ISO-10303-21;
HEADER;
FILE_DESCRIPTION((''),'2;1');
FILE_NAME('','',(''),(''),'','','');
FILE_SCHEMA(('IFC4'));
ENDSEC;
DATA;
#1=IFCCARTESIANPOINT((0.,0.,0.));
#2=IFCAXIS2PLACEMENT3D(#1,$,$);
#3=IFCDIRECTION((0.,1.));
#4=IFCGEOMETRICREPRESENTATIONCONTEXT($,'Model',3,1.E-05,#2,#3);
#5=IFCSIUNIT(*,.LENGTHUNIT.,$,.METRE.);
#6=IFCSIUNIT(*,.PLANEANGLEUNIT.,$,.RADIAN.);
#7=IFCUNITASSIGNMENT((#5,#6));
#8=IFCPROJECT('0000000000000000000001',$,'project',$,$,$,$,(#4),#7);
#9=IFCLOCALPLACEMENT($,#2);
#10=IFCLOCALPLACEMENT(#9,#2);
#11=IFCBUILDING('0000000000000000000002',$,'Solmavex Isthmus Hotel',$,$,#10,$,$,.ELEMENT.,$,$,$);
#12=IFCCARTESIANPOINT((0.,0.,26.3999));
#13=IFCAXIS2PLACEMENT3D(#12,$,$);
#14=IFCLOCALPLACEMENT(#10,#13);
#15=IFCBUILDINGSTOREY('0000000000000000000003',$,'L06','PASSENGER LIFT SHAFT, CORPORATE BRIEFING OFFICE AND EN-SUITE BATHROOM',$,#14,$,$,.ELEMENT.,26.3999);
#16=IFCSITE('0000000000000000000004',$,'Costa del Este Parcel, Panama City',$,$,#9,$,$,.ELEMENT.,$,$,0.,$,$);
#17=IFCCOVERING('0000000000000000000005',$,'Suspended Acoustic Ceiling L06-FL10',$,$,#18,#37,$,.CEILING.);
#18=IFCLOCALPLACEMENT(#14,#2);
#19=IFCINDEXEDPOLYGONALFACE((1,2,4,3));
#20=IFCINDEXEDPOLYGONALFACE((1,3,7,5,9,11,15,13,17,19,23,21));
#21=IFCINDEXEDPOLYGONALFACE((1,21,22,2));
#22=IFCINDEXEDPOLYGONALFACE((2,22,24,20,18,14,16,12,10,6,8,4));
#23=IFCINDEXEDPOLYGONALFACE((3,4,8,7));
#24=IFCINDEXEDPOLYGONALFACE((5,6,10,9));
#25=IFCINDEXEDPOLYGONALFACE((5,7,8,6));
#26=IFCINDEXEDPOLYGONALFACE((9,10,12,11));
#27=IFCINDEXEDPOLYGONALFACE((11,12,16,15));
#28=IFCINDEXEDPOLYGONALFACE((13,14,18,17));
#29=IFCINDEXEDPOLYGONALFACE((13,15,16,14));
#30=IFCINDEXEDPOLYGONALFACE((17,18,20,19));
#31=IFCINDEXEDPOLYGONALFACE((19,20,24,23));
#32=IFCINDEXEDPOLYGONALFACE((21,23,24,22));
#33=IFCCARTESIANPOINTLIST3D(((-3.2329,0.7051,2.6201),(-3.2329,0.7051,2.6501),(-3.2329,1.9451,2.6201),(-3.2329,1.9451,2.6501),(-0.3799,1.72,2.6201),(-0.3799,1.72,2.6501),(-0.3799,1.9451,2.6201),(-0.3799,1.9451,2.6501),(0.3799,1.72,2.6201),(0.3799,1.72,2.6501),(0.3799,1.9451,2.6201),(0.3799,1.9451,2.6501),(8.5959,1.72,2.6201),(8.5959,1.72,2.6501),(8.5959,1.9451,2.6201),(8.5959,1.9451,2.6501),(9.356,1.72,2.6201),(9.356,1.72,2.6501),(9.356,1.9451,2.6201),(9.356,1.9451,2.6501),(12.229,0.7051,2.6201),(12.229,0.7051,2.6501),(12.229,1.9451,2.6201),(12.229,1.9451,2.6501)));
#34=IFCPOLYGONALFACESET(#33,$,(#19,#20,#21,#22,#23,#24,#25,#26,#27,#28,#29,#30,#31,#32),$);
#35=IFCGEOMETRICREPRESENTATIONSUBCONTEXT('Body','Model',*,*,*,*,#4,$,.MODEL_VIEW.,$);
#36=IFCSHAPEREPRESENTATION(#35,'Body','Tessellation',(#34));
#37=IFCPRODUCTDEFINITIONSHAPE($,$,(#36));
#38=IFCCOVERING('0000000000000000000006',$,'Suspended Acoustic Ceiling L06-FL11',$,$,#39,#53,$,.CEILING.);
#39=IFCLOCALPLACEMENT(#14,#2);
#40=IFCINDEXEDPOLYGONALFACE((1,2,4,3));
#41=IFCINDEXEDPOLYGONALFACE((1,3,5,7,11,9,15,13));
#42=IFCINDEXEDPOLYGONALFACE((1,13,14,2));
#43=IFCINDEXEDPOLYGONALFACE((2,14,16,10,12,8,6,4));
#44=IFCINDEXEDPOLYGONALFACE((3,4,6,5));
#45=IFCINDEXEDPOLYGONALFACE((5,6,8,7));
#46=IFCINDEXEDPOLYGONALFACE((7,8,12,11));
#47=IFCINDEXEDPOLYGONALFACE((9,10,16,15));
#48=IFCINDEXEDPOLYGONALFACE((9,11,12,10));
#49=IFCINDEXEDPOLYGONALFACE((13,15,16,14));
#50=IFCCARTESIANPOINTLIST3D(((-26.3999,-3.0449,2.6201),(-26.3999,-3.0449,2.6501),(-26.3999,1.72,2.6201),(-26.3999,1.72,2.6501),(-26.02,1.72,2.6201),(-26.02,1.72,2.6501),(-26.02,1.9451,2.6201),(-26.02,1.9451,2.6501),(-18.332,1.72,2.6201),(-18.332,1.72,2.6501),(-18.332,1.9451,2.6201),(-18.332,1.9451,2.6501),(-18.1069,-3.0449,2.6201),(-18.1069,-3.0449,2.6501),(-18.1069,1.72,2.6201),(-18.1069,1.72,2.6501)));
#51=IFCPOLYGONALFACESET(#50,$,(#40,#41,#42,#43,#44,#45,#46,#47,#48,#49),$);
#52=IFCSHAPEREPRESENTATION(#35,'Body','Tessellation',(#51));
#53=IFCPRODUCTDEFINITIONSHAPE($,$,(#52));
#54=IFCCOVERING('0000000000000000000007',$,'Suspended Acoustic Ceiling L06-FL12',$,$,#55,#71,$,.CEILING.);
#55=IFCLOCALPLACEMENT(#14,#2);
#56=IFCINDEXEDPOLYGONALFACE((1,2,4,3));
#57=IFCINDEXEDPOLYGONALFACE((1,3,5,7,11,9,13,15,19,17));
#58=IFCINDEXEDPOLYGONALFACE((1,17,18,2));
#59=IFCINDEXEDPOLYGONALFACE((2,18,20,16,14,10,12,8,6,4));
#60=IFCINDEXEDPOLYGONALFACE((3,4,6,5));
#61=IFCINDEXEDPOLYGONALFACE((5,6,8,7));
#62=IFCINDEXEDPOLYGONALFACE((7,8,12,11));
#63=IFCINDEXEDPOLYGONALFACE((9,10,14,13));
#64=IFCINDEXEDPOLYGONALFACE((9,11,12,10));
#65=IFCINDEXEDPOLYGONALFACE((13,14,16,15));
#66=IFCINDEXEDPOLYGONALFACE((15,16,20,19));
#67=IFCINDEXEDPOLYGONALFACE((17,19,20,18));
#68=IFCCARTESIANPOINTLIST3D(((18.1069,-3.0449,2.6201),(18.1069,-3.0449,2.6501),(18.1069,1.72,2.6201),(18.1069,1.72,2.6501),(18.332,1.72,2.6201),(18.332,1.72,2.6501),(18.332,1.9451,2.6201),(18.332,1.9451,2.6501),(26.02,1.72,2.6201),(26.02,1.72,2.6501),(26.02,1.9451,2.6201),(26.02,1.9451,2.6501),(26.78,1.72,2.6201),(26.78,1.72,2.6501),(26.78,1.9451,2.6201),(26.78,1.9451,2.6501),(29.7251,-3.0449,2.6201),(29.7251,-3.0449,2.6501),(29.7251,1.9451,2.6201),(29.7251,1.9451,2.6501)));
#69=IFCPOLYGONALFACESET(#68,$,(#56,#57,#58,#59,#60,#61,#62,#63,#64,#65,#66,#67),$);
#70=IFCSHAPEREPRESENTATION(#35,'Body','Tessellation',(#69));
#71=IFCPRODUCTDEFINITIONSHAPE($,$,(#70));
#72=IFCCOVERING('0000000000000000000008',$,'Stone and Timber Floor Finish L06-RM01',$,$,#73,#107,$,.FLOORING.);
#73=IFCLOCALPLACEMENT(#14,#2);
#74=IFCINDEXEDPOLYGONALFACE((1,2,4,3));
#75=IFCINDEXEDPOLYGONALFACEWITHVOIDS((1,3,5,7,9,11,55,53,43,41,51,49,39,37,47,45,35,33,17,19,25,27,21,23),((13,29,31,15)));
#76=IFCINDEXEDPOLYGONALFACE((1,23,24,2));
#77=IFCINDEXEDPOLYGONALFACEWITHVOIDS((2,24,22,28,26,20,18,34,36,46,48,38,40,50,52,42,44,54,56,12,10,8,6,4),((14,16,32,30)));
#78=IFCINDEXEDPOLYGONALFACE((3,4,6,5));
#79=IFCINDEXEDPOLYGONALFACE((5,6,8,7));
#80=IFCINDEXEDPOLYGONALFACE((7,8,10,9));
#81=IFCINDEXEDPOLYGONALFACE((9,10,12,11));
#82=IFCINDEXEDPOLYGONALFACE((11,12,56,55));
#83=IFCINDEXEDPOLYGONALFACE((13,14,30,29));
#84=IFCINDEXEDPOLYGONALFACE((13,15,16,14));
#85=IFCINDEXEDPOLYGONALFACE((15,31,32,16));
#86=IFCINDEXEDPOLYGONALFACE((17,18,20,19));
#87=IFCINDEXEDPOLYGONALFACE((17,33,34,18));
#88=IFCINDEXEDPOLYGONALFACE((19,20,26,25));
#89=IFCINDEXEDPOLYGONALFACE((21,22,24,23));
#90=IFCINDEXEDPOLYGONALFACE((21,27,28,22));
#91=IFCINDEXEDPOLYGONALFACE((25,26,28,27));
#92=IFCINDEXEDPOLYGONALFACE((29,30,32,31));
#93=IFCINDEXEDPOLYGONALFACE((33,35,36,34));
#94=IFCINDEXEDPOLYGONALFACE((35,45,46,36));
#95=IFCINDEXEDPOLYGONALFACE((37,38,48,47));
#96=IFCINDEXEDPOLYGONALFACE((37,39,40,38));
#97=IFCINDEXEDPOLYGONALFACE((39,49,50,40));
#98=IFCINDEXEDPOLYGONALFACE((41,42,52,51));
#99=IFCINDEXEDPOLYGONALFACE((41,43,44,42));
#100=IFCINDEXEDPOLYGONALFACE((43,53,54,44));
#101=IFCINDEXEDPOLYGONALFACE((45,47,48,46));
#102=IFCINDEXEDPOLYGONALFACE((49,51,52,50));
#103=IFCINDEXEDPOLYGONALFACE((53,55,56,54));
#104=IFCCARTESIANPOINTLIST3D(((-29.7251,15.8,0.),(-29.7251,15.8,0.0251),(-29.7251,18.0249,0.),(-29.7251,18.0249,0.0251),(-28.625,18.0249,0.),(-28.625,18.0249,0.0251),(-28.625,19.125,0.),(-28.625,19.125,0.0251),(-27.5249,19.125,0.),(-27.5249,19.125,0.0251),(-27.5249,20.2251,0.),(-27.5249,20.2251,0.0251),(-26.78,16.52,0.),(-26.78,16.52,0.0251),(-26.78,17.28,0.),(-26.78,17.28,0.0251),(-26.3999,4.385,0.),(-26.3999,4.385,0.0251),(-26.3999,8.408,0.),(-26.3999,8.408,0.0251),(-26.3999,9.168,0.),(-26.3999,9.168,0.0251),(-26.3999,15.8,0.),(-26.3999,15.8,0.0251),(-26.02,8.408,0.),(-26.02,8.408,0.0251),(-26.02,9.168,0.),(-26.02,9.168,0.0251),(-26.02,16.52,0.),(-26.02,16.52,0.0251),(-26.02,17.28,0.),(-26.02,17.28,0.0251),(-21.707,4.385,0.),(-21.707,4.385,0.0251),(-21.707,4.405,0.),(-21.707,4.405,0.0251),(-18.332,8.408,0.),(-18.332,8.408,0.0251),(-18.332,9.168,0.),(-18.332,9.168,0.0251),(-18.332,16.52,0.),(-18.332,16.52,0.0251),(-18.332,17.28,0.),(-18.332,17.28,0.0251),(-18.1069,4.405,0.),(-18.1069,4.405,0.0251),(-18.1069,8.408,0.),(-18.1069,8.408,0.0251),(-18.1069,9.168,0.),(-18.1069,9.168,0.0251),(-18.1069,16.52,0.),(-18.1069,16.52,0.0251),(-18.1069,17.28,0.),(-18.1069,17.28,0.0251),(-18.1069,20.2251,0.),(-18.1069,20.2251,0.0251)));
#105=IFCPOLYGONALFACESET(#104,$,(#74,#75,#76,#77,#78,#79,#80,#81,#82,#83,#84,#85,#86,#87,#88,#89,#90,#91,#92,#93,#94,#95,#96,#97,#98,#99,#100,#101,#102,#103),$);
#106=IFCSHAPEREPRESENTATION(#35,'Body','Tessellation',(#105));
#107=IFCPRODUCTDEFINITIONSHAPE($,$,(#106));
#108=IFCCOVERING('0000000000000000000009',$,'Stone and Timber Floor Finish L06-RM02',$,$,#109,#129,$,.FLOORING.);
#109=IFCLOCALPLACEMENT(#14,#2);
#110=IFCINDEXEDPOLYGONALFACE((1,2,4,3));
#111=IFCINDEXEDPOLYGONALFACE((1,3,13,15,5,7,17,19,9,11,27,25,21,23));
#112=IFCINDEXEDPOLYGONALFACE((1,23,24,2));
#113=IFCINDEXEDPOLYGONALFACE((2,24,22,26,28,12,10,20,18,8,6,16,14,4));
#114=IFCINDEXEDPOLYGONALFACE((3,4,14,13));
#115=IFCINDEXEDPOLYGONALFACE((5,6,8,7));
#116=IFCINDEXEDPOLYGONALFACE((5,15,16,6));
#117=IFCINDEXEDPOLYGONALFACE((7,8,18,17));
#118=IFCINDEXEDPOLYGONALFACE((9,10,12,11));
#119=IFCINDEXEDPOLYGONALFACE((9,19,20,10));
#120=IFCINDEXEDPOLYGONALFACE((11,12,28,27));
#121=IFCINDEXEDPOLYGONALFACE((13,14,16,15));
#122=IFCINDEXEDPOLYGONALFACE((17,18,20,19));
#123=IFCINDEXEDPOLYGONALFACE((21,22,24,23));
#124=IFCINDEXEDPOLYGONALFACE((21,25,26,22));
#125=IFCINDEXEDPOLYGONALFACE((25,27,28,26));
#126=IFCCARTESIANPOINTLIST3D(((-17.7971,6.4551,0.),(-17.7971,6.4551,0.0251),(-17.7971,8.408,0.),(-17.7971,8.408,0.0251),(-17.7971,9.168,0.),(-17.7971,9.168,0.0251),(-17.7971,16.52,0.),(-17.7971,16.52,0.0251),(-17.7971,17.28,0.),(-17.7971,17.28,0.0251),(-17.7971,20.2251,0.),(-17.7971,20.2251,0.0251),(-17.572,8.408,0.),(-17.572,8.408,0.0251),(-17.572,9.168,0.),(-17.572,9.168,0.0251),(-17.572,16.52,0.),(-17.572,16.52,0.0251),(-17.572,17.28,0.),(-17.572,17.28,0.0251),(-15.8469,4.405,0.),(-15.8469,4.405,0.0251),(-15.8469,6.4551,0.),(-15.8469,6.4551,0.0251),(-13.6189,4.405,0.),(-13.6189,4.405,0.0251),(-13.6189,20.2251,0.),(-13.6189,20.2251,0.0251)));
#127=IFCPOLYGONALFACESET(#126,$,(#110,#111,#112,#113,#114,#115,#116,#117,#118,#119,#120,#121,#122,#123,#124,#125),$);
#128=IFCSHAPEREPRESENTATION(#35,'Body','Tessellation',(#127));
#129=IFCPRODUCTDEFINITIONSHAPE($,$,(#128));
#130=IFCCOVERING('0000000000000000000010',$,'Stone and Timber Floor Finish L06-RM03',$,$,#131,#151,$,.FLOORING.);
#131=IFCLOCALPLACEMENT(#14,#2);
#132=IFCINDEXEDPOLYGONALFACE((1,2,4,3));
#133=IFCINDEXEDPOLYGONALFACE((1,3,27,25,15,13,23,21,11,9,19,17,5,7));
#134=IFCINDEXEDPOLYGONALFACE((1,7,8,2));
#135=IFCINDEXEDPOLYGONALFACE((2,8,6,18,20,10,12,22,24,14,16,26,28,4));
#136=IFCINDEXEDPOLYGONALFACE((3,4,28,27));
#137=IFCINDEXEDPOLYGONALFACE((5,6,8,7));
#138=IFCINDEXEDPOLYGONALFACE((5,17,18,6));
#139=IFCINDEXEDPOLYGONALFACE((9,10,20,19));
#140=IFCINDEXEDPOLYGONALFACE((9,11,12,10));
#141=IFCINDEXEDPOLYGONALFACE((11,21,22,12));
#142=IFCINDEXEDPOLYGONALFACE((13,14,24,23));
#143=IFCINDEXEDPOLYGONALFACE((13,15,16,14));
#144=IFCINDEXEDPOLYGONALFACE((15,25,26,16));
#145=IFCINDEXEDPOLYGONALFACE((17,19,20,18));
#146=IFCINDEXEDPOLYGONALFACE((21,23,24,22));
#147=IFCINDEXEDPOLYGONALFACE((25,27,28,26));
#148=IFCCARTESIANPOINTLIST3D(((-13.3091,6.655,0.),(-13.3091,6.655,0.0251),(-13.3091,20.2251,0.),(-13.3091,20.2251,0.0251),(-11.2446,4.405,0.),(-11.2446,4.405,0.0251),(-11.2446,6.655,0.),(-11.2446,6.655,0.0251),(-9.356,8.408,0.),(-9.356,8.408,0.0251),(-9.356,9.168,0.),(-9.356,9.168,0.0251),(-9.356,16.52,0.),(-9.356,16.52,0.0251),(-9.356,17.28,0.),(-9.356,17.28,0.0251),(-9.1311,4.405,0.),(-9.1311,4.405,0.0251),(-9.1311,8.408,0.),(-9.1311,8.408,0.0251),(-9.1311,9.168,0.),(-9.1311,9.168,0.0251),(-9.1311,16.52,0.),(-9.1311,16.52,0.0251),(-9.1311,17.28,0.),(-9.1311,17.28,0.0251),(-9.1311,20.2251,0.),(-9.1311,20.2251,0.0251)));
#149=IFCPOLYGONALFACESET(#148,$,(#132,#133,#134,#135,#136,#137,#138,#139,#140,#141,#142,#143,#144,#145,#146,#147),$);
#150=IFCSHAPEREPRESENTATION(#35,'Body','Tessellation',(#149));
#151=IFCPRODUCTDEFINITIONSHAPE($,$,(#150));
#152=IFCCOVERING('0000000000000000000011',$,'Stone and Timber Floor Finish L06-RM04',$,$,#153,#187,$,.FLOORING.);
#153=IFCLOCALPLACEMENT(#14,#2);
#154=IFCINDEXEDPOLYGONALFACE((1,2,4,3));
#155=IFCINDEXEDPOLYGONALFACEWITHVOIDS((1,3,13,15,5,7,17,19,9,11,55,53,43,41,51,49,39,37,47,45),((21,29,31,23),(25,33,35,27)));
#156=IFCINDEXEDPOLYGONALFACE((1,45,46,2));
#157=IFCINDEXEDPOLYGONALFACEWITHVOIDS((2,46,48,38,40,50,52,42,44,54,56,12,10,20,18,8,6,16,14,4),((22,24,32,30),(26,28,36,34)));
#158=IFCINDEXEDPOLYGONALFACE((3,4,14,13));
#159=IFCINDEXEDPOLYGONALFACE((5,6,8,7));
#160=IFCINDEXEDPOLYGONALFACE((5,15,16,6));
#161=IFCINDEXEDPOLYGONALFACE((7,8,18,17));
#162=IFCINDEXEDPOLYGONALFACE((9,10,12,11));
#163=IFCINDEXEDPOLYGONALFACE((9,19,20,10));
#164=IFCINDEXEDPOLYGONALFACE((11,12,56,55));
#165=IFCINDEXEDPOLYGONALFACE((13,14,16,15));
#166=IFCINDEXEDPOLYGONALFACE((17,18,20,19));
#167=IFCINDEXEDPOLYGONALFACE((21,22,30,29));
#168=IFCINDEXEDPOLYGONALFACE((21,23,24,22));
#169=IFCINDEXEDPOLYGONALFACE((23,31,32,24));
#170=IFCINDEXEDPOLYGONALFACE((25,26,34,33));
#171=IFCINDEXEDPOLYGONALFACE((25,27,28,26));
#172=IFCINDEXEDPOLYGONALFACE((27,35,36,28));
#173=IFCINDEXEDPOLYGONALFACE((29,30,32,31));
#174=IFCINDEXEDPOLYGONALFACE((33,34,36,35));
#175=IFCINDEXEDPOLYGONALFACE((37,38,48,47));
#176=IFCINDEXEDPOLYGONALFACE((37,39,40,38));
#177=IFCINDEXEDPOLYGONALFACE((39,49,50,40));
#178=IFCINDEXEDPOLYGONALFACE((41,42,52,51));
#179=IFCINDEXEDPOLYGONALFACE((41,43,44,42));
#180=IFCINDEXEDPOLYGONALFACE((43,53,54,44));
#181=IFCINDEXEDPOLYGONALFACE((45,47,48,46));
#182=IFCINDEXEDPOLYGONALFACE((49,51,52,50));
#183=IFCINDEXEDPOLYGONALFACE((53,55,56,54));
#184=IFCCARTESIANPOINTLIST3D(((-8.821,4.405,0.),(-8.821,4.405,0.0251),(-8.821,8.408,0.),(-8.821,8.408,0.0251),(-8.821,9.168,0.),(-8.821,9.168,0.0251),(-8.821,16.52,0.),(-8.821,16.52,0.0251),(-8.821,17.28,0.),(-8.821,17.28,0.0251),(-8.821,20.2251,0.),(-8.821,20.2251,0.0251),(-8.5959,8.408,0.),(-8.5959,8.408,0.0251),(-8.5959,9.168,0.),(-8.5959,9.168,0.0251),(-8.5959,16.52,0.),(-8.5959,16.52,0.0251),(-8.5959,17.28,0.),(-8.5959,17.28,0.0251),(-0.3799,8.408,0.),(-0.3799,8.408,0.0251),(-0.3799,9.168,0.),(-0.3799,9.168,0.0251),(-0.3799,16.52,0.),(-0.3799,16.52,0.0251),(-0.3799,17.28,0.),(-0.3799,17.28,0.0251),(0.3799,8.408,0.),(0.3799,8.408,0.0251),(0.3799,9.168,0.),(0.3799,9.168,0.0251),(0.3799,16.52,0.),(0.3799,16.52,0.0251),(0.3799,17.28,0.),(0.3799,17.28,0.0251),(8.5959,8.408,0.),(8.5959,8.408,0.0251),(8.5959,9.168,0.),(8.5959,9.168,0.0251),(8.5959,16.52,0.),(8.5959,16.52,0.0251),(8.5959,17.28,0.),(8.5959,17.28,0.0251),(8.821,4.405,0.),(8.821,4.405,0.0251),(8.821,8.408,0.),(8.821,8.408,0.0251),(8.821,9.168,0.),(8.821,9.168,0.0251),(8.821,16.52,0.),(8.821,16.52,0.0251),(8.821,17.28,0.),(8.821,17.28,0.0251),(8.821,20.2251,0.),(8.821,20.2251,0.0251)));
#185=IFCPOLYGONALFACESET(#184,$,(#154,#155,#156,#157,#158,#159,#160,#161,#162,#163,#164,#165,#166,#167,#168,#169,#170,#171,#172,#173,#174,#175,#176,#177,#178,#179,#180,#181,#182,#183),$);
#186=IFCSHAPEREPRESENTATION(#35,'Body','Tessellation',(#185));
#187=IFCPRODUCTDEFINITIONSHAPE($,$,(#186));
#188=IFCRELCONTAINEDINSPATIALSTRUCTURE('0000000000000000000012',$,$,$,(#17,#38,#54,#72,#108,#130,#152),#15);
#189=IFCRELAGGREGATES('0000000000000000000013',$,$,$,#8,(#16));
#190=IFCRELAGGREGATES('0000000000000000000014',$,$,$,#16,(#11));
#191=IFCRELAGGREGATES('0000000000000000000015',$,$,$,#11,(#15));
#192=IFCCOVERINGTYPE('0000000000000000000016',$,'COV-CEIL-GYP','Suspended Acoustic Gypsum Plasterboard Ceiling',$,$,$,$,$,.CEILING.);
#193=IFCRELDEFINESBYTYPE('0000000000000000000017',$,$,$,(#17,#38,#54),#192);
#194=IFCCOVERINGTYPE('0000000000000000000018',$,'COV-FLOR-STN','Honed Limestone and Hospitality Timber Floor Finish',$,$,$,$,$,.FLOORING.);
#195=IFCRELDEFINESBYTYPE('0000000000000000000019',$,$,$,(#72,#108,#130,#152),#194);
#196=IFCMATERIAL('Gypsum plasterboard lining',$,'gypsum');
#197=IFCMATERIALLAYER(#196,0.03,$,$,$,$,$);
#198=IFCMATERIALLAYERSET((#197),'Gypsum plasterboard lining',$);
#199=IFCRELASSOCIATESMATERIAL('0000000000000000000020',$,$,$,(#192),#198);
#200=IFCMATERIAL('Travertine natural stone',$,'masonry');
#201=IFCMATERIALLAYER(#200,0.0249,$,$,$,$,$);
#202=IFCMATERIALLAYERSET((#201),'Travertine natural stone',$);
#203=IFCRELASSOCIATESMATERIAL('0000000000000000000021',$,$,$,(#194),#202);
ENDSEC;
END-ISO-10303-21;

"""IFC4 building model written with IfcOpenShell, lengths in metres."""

from ifc_helpers import new_model, si_unit, direction, frame, origin, place, context, subcontext, project, spatial, polyline, outline, extrude, material, layer, layer_set, type_object, element, save


model = new_model("IFC4")

# Units and contexts
model_context = context("Model", 3, precision=1e-05, world=origin(), true_north=direction((0.0, 1.0)))
body_context = subcontext(model_context, "Body", "Model", "MODEL_VIEW")
ifc_project = project(units=[si_unit("LENGTHUNIT", "METRE"), si_unit("PLANEANGLEUNIT", "RADIAN")], contexts=[model_context])

# Site, building, storey
site_placement = place(None, origin())
site = spatial("IfcSite", under=ifc_project, at=site_placement, Name="Costa del Este Parcel, Panama City", CompositionType="ELEMENT", RefElevation=0.0)
building_placement = place(site_placement, origin())
building = spatial("IfcBuilding", under=site, at=building_placement, Name="Solmavex Isthmus Hotel", CompositionType="ELEMENT")
storey_placement = place(building_placement, frame((0.0, 0.0, 26.3999)))
storey = spatial("IfcBuildingStorey", under=building, at=storey_placement, Name="L06", Description="PASSENGER LIFT SHAFT, CORPORATE BRIEFING OFFICE AND EN-SUITE BATHROOM", CompositionType="ELEMENT", Elevation=26.3999)

# Coverings
ifc_material_1 = material(Name="Gypsum plasterboard lining", Category="gypsum")
ifc_layer_1 = layer(ifc_material_1, 0.03)
ifc_layer_set_1 = layer_set([ifc_layer_1], Name="Gypsum plasterboard lining")
covering_type_1 = type_object("IfcCoveringType", Name="COV-CEIL-GYP", Description="Suspended Acoustic Gypsum Plasterboard Ceiling", PredefinedType="CEILING", material=ifc_layer_set_1)
covering_1_placement = place(storey_placement, frame((0.0, 0.0, 2.6201)))
element("IfcCovering", 1, at=covering_1_placement, inside=storey, type_object=covering_type_1, Name="Suspended Acoustic Ceiling L06-FL10", PredefinedType="CEILING", context=body_context, shape_type="SweptSolid", body=[
    extrude(outline(polyline([(0.3799, 1.9451), (0.3799, 1.72), (-0.3799, 1.72), (-0.3799, 1.9451), (-3.2329, 1.9451), (-3.2329, 0.7051), (12.229, 0.7051), (12.229, 1.9451), (9.356, 1.9451), (9.356, 1.72), (8.5959, 1.72), (8.5959, 1.9451), (0.3799, 1.9451)])), origin(), (0.0, 0.0, 1.0), 0.03),
])
covering_2_placement = place(storey_placement, frame((0.0, 0.0, 2.6201)))
element("IfcCovering", 2, at=covering_2_placement, inside=storey, type_object=covering_type_1, Name="Suspended Acoustic Ceiling L06-FL11", PredefinedType="CEILING", context=body_context, shape_type="SweptSolid", body=[
    extrude(outline(polyline([(-26.02, 1.9451), (-26.02, 1.72), (-26.3999, 1.72), (-26.3999, -3.0449), (-18.1069, -3.0449), (-18.1069, 1.72), (-18.332, 1.72), (-18.332, 1.9451), (-26.02, 1.9451)])), origin(), (0.0, 0.0, 1.0), 0.03),
])
covering_3_placement = place(storey_placement, frame((0.0, 0.0, 2.6201)))
element("IfcCovering", 3, at=covering_3_placement, inside=storey, type_object=covering_type_1, Name="Suspended Acoustic Ceiling L06-FL12", PredefinedType="CEILING", context=body_context, shape_type="SweptSolid", body=[
    extrude(outline(polyline([(26.78, 1.9451), (26.78, 1.72), (26.02, 1.72), (26.02, 1.9451), (18.332, 1.9451), (18.332, 1.72), (18.1069, 1.72), (18.1069, -3.0449), (29.7251, -3.0449), (29.7251, 1.9451), (26.78, 1.9451)])), origin(), (0.0, 0.0, 1.0), 0.03),
])
ifc_material_2 = material(Name="Travertine natural stone", Category="masonry")
ifc_layer_2 = layer(ifc_material_2, 0.0249)
ifc_layer_set_2 = layer_set([ifc_layer_2], Name="Travertine natural stone")
covering_type_2 = type_object("IfcCoveringType", Name="COV-FLOR-STN", Description="Honed Limestone and Hospitality Timber Floor Finish", PredefinedType="FLOORING", material=ifc_layer_set_2)
covering_4_placement = place(storey_placement, origin())
element("IfcCovering", 4, at=covering_4_placement, inside=storey, type_object=covering_type_2, Name="Stone and Timber Floor Finish L06-RM01", PredefinedType="FLOORING", context=body_context, shape_type="SweptSolid", body=[
    extrude(outline(polyline([(-21.707, 4.385), (-21.707, 4.405), (-18.1069, 4.405), (-18.1069, 8.408), (-18.332, 8.408), (-18.332, 9.168), (-18.1069, 9.168), (-18.1069, 16.52), (-18.332, 16.52), (-18.332, 17.28), (-18.1069, 17.28), (-18.1069, 20.2251), (-27.5249, 20.2251), (-27.5249, 19.125), (-28.625, 19.125), (-28.625, 18.0249), (-29.7251, 18.0249), (-29.7251, 15.8), (-26.3999, 15.8), (-26.3999, 9.168), (-26.02, 9.168), (-26.02, 8.408), (-26.3999, 8.408), (-26.3999, 4.385), (-21.707, 4.385)]), holes=[polyline([(-26.78, 17.28), (-26.02, 17.28), (-26.02, 16.52), (-26.78, 16.52), (-26.78, 17.28)])]), origin(), (0.0, 0.0, 1.0), 0.0251),
])
covering_5_placement = place(storey_placement, origin())
element("IfcCovering", 5, at=covering_5_placement, inside=storey, type_object=covering_type_2, Name="Stone and Timber Floor Finish L06-RM02", PredefinedType="FLOORING", context=body_context, shape_type="SweptSolid", body=[
    extrude(outline(polyline([(-17.7971, 9.168), (-17.572, 9.168), (-17.572, 8.408), (-17.7971, 8.408), (-17.7971, 6.4551), (-15.8469, 6.4551), (-15.8469, 4.405), (-13.6189, 4.405), (-13.6189, 20.2251), (-17.7971, 20.2251), (-17.7971, 17.28), (-17.572, 17.28), (-17.572, 16.52), (-17.7971, 16.52), (-17.7971, 9.168)])), origin(), (0.0, 0.0, 1.0), 0.0251),
])
covering_6_placement = place(storey_placement, origin())
element("IfcCovering", 6, at=covering_6_placement, inside=storey, type_object=covering_type_2, Name="Stone and Timber Floor Finish L06-RM03", PredefinedType="FLOORING", context=body_context, shape_type="SweptSolid", body=[
    extrude(outline(polyline([(-9.1311, 16.52), (-9.356, 16.52), (-9.356, 17.28), (-9.1311, 17.28), (-9.1311, 20.2251), (-13.3091, 20.2251), (-13.3091, 6.655), (-11.2446, 6.655), (-11.2446, 4.405), (-9.1311, 4.405), (-9.1311, 8.408), (-9.356, 8.408), (-9.356, 9.168), (-9.1311, 9.168), (-9.1311, 16.52)])), origin(), (0.0, 0.0, 1.0), 0.0251),
])
covering_7_placement = place(storey_placement, origin())
element("IfcCovering", 7, at=covering_7_placement, inside=storey, type_object=covering_type_2, Name="Stone and Timber Floor Finish L06-RM04", PredefinedType="FLOORING", context=body_context, shape_type="SweptSolid", body=[
    extrude(outline(polyline([(-8.821, 9.168), (-8.5959, 9.168), (-8.5959, 8.408), (-8.821, 8.408), (-8.821, 4.405), (8.821, 4.405), (8.821, 8.408), (8.5959, 8.408), (8.5959, 9.168), (8.821, 9.168), (8.821, 16.52), (8.5959, 16.52), (8.5959, 17.28), (8.821, 17.28), (8.821, 20.2251), (-8.821, 20.2251), (-8.821, 17.28), (-8.5959, 17.28), (-8.5959, 16.52), (-8.821, 16.52), (-8.821, 9.168)]), holes=[polyline([(-0.3799, 8.408), (-0.3799, 9.168), (0.3799, 9.168), (0.3799, 8.408), (-0.3799, 8.408)]), polyline([(-0.3799, 17.28), (0.3799, 17.28), (0.3799, 16.52), (-0.3799, 16.52), (-0.3799, 17.28)])]), origin(), (0.0, 0.0, 1.0), 0.0251),
])

save(model, "model.ifc")
